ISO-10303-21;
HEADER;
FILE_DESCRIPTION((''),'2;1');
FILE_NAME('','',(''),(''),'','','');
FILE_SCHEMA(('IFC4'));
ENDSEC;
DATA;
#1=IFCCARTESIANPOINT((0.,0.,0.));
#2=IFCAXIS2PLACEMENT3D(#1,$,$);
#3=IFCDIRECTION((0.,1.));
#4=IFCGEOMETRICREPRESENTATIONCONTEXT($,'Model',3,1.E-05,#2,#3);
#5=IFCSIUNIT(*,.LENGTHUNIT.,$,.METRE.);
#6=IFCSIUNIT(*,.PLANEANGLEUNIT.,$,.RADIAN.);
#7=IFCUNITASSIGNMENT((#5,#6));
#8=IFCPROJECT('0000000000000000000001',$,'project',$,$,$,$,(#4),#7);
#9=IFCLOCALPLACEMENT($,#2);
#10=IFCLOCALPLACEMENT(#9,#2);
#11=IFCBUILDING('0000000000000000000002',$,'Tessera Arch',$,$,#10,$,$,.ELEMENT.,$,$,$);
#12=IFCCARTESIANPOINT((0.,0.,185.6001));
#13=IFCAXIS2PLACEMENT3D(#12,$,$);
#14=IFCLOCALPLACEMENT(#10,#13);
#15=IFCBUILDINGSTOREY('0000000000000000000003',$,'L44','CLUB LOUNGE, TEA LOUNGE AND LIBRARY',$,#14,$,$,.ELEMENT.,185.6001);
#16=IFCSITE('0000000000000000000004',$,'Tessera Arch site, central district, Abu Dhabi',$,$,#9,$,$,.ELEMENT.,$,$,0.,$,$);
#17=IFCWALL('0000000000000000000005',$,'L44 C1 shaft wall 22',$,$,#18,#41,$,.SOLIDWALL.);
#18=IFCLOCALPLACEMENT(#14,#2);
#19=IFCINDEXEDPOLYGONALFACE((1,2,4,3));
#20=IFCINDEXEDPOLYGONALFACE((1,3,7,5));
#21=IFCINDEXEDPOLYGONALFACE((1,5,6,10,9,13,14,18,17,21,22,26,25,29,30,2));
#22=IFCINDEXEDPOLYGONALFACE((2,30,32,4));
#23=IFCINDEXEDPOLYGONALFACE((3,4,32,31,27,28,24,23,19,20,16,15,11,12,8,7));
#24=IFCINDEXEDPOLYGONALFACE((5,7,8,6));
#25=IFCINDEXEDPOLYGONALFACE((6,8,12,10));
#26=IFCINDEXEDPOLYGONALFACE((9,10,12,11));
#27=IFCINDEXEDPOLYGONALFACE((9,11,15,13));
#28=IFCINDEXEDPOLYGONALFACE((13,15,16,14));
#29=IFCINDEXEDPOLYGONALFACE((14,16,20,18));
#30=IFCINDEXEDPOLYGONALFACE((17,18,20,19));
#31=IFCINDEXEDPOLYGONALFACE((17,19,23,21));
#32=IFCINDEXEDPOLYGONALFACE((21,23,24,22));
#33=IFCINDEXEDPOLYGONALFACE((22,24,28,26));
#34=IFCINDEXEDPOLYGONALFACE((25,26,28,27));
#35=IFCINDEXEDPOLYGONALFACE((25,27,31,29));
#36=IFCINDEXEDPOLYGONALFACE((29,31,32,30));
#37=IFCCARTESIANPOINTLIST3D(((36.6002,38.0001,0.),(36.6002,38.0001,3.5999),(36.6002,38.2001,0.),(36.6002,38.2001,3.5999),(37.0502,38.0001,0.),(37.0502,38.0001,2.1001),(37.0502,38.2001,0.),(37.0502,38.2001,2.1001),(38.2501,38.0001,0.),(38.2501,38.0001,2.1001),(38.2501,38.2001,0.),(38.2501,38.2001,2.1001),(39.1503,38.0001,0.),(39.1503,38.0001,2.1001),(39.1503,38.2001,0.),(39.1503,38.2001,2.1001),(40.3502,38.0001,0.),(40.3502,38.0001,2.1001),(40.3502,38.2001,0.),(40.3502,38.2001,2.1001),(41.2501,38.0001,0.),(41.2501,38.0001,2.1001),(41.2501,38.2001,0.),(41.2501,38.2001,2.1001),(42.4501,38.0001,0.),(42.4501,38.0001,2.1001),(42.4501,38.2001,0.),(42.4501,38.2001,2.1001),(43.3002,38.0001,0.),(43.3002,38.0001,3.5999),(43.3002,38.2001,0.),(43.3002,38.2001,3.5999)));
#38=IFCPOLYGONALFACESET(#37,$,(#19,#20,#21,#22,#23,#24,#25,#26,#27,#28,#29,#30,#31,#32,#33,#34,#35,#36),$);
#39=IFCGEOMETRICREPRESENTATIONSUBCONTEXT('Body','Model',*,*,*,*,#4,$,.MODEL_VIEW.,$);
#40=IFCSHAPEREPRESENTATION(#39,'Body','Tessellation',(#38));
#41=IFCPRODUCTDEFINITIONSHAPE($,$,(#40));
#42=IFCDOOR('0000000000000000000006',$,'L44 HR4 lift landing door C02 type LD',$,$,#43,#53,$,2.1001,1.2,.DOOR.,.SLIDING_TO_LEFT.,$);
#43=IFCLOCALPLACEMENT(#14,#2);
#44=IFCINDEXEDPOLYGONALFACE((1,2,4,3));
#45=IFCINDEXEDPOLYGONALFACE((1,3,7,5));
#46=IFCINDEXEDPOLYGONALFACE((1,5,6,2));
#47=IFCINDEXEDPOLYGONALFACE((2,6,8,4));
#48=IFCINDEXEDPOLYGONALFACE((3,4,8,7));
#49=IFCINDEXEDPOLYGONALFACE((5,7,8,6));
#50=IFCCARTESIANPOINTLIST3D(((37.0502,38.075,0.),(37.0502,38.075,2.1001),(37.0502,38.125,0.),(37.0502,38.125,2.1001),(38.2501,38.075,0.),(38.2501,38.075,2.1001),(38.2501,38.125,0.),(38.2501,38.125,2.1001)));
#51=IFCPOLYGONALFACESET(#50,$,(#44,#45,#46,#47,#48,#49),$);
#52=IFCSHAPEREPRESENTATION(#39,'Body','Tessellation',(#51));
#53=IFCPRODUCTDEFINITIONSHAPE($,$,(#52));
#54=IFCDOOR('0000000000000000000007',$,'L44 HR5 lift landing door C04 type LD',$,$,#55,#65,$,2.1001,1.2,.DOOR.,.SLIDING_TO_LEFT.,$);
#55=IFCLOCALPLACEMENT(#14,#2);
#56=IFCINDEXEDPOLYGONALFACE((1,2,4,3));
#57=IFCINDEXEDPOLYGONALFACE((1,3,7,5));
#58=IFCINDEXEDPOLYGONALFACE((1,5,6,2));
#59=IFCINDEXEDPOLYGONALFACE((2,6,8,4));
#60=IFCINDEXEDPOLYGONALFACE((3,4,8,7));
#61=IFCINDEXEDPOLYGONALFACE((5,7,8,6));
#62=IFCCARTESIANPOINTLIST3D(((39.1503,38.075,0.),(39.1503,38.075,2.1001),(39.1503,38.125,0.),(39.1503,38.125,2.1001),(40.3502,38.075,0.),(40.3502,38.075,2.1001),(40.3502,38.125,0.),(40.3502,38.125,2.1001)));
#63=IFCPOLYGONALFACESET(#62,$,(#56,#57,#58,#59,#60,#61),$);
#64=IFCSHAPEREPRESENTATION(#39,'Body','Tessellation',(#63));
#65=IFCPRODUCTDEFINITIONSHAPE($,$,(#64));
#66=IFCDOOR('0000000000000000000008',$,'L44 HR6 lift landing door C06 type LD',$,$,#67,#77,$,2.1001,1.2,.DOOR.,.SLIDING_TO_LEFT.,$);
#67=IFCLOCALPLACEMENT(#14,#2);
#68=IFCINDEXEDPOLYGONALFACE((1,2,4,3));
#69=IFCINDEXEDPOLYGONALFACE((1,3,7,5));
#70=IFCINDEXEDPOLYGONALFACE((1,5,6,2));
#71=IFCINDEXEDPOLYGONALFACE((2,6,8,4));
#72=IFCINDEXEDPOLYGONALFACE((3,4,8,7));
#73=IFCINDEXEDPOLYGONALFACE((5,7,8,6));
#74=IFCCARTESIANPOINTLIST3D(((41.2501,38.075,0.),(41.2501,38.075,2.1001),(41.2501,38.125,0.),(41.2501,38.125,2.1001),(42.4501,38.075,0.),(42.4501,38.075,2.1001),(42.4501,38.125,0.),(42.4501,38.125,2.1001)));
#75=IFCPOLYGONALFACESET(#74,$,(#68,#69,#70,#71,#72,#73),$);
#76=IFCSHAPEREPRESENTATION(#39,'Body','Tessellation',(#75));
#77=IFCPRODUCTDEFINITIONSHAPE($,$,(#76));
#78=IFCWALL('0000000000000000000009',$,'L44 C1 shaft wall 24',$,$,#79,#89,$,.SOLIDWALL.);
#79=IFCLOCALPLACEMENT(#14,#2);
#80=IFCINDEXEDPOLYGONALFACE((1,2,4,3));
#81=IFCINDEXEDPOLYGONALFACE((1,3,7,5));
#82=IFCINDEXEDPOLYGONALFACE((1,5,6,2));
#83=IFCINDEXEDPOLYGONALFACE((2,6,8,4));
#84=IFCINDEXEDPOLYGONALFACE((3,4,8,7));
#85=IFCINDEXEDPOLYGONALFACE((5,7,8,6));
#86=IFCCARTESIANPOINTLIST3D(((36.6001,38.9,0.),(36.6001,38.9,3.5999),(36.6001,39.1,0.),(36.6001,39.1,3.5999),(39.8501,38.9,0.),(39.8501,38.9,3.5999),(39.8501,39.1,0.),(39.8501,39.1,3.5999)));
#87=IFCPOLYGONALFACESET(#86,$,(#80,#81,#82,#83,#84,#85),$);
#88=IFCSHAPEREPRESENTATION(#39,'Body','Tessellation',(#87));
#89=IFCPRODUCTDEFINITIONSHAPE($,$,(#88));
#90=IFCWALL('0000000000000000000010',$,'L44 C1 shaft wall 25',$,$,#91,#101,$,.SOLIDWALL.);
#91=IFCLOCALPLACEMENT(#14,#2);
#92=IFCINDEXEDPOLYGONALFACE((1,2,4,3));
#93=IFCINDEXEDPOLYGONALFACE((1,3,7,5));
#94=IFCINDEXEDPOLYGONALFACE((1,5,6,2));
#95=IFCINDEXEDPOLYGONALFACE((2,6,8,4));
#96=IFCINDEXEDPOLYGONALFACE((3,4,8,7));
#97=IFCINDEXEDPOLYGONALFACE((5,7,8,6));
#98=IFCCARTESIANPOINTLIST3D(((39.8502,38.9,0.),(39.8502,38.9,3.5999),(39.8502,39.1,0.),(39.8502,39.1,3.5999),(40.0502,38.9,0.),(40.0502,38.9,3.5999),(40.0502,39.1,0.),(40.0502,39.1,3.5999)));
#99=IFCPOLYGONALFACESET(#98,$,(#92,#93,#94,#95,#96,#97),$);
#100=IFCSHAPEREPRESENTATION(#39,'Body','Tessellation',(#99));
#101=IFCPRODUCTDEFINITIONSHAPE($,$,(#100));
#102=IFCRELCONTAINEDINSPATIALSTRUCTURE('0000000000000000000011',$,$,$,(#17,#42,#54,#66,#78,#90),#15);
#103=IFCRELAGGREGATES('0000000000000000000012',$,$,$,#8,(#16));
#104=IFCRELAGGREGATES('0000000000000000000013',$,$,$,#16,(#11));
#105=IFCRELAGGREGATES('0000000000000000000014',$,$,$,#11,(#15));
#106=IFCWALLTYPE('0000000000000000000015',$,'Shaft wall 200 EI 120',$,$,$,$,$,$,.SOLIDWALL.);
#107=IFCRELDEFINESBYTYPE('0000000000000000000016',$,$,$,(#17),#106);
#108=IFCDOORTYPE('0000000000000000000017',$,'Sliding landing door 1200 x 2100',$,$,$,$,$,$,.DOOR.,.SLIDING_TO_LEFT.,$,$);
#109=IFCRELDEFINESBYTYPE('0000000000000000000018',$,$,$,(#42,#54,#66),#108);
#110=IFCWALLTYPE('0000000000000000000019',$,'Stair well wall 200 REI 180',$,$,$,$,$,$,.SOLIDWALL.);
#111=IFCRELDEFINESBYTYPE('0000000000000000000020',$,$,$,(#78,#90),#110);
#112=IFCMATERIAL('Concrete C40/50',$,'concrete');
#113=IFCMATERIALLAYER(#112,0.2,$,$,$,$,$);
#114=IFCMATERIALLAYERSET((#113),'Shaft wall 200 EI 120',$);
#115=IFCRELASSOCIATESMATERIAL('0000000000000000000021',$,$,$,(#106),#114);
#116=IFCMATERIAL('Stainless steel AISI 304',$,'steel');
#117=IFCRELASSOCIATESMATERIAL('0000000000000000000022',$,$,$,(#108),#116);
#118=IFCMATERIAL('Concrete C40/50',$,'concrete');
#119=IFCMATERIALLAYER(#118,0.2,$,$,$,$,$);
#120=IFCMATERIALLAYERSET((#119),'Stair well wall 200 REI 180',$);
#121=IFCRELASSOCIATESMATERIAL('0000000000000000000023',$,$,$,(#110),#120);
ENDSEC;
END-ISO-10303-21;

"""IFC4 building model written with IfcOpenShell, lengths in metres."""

from ifc_helpers import new_model, si_unit, direction, frame, frame_2d, origin, place, context, subcontext, project, spatial, rectangle, extrude, material, layer, layer_set, type_object, element, fill, save


model = new_model("IFC4")

# Units and contexts
model_context = context("Model", 3, precision=1e-05, world=origin(), true_north=direction((0.0, 1.0)))
body_context = subcontext(model_context, "Body", "Model", "MODEL_VIEW")
ifc_project = project(units=[si_unit("LENGTHUNIT", "METRE"), si_unit("PLANEANGLEUNIT", "RADIAN")], contexts=[model_context])

# Site, building, storey
site_placement = place(None, origin())
site = spatial("IfcSite", under=ifc_project, at=site_placement, Name="Tessera Arch site, central district, Abu Dhabi", CompositionType="ELEMENT", RefElevation=0.0)
building_placement = place(site_placement, origin())
building = spatial("IfcBuilding", under=site, at=building_placement, Name="Tessera Arch", CompositionType="ELEMENT")
storey_placement = place(building_placement, frame((0.0, 0.0, 185.6001)))
storey = spatial("IfcBuildingStorey", under=building, at=storey_placement, Name="L44", Description="CLUB LOUNGE, TEA LOUNGE AND LIBRARY", CompositionType="ELEMENT", Elevation=185.6001)

# Shared definitions
ifc_material_1 = material(Name="Concrete C40/50", Category="concrete")
ifc_layer_1 = layer(ifc_material_1, 0.2)
ifc_layer_set_1 = layer_set([ifc_layer_1], Name="Shaft wall 200 EI 120")
wall_type_1 = type_object("IfcWallType", Name="Shaft wall 200 EI 120", PredefinedType="SOLIDWALL", material=ifc_layer_set_1)

# Shared definitions
ifc_material_2 = material(Name="Stainless steel AISI 304", Category="steel")
door_type_1 = type_object("IfcDoorType", Name="Sliding landing door 1200 x 2100", OperationType="SLIDING_TO_LEFT", PredefinedType="DOOR", material=ifc_material_2)

# Wall, openings, doors
wall_1_placement = place(storey_placement, frame((36.6001, 38.1001, 0.0), z_axis=(0.0, 0.0, 1.0), x_axis=(1.0, 0.0, 0.0)))
wall_1 = element("IfcWall", 1, at=wall_1_placement, inside=storey, type_object=wall_type_1, Name="L44 C1 shaft wall 22", PredefinedType="SOLIDWALL", context=body_context, shape_type="SweptSolid", body=[
    extrude(rectangle(XDim=6.7, YDim=0.2, at=frame_2d((3.3501, 0.0))), origin(), (0.0, 0.0, 1.0), 3.5999),
])
opening_1_placement = place(wall_1_placement, frame((0.45, 0.0, 0.0)))
opening_1 = element("IfcOpeningElement", 2, at=opening_1_placement, cuts=wall_1, PredefinedType="OPENING", context=body_context, shape_type="SweptSolid", body=[
    extrude(rectangle(XDim=1.2, YDim=2.1001, at=frame_2d((0.6001, 1.05))), frame((0.0, 0.1099, 0.0), z_axis=(0.0, -1.0, 0.0), x_axis=(1.0, 0.0, 0.0)), (0.0, 0.0, 1.0), 0.22),
])
opening_2_placement = place(wall_1_placement, frame((2.55, 0.0, 0.0)))
opening_2 = element("IfcOpeningElement", 3, at=opening_2_placement, cuts=wall_1, PredefinedType="OPENING", context=body_context, shape_type="SweptSolid", body=[
    extrude(rectangle(XDim=1.2, YDim=2.1001, at=frame_2d((0.6001, 1.05))), frame((0.0, 0.1099, 0.0), z_axis=(0.0, -1.0, 0.0), x_axis=(1.0, 0.0, 0.0)), (0.0, 0.0, 1.0), 0.22),
])
opening_3_placement = place(wall_1_placement, frame((4.6499, 0.0, 0.0)))
opening_3 = element("IfcOpeningElement", 4, at=opening_3_placement, cuts=wall_1, PredefinedType="OPENING", context=body_context, shape_type="SweptSolid", body=[
    extrude(rectangle(XDim=1.2, YDim=2.1001, at=frame_2d((0.6001, 1.05))), frame((0.0, 0.1099, 0.0), z_axis=(0.0, -1.0, 0.0), x_axis=(1.0, 0.0, 0.0)), (0.0, 0.0, 1.0), 0.22),
])
door_1_placement = place(opening_1_placement, origin())
door_1 = element("IfcDoor", 5, at=door_1_placement, inside=storey, type_object=door_type_1, Name="L44 HR4 lift landing door C02 type LD", OperationType="SLIDING_TO_LEFT", OverallHeight=2.1001, OverallWidth=1.2, PredefinedType="DOOR", context=body_context, shape_type="SweptSolid", body=[
    extrude(rectangle(XDim=1.2, YDim=2.1001, at=frame_2d((0.6001, 1.05))), frame((0.0, 0.0249, 0.0), z_axis=(0.0, -1.0, 0.0), x_axis=(1.0, 0.0, 0.0)), (0.0, 0.0, 1.0), 0.05),
])
fill(opening_1, door_1)
door_2_placement = place(opening_2_placement, origin())
door_2 = element("IfcDoor", 6, at=door_2_placement, inside=storey, type_object=door_type_1, Name="L44 HR5 lift landing door C04 type LD", OperationType="SLIDING_TO_LEFT", OverallHeight=2.1001, OverallWidth=1.2, PredefinedType="DOOR", context=body_context, shape_type="SweptSolid", body=[
    extrude(rectangle(XDim=1.2, YDim=2.1001, at=frame_2d((0.6001, 1.05))), frame((0.0, 0.0249, 0.0), z_axis=(0.0, -1.0, 0.0), x_axis=(1.0, 0.0, 0.0)), (0.0, 0.0, 1.0), 0.05),
])
fill(opening_2, door_2)
door_3_placement = place(opening_3_placement, origin())
door_3 = element("IfcDoor", 7, at=door_3_placement, inside=storey, type_object=door_type_1, Name="L44 HR6 lift landing door C06 type LD", OperationType="SLIDING_TO_LEFT", OverallHeight=2.1001, OverallWidth=1.2, PredefinedType="DOOR", context=body_context, shape_type="SweptSolid", body=[
    extrude(rectangle(XDim=1.2, YDim=2.1001, at=frame_2d((0.6001, 1.05))), frame((0.0, 0.0249, 0.0), z_axis=(0.0, -1.0, 0.0), x_axis=(1.0, 0.0, 0.0)), (0.0, 0.0, 1.0), 0.05),
])
fill(opening_3, door_3)

# Walls
ifc_material_3 = material(Name="Concrete C40/50", Category="concrete")
ifc_layer_2 = layer(ifc_material_3, 0.2)
ifc_layer_set_2 = layer_set([ifc_layer_2], Name="Stair well wall 200 REI 180")
wall_type_2 = type_object("IfcWallType", Name="Stair well wall 200 REI 180", PredefinedType="SOLIDWALL", material=ifc_layer_set_2)
wall_2_placement = place(storey_placement, frame((36.6001, 39.0, 0.0), z_axis=(0.0, 0.0, 1.0), x_axis=(1.0, 0.0, 0.0)))
element("IfcWall", 8, at=wall_2_placement, inside=storey, type_object=wall_type_2, Name="L44 C1 shaft wall 24", PredefinedType="SOLIDWALL", context=body_context, shape_type="SweptSolid", body=[
    extrude(rectangle(XDim=3.25, YDim=0.2, at=frame_2d((1.625, 0.0))), origin(), (0.0, 0.0, 1.0), 3.5999),
])
wall_3_placement = place(storey_placement, frame((39.8501, 39.0, 0.0), z_axis=(0.0, 0.0, 1.0), x_axis=(1.0, 0.0, 0.0)))
element("IfcWall", 9, at=wall_3_placement, inside=storey, type_object=wall_type_2, Name="L44 C1 shaft wall 25", PredefinedType="SOLIDWALL", context=body_context, shape_type="SweptSolid", body=[
    extrude(rectangle(XDim=0.2, YDim=0.2, at=frame_2d((0.1001, 0.0))), origin(), (0.0, 0.0, 1.0), 3.5999),
])

save(model, "model.ifc")
